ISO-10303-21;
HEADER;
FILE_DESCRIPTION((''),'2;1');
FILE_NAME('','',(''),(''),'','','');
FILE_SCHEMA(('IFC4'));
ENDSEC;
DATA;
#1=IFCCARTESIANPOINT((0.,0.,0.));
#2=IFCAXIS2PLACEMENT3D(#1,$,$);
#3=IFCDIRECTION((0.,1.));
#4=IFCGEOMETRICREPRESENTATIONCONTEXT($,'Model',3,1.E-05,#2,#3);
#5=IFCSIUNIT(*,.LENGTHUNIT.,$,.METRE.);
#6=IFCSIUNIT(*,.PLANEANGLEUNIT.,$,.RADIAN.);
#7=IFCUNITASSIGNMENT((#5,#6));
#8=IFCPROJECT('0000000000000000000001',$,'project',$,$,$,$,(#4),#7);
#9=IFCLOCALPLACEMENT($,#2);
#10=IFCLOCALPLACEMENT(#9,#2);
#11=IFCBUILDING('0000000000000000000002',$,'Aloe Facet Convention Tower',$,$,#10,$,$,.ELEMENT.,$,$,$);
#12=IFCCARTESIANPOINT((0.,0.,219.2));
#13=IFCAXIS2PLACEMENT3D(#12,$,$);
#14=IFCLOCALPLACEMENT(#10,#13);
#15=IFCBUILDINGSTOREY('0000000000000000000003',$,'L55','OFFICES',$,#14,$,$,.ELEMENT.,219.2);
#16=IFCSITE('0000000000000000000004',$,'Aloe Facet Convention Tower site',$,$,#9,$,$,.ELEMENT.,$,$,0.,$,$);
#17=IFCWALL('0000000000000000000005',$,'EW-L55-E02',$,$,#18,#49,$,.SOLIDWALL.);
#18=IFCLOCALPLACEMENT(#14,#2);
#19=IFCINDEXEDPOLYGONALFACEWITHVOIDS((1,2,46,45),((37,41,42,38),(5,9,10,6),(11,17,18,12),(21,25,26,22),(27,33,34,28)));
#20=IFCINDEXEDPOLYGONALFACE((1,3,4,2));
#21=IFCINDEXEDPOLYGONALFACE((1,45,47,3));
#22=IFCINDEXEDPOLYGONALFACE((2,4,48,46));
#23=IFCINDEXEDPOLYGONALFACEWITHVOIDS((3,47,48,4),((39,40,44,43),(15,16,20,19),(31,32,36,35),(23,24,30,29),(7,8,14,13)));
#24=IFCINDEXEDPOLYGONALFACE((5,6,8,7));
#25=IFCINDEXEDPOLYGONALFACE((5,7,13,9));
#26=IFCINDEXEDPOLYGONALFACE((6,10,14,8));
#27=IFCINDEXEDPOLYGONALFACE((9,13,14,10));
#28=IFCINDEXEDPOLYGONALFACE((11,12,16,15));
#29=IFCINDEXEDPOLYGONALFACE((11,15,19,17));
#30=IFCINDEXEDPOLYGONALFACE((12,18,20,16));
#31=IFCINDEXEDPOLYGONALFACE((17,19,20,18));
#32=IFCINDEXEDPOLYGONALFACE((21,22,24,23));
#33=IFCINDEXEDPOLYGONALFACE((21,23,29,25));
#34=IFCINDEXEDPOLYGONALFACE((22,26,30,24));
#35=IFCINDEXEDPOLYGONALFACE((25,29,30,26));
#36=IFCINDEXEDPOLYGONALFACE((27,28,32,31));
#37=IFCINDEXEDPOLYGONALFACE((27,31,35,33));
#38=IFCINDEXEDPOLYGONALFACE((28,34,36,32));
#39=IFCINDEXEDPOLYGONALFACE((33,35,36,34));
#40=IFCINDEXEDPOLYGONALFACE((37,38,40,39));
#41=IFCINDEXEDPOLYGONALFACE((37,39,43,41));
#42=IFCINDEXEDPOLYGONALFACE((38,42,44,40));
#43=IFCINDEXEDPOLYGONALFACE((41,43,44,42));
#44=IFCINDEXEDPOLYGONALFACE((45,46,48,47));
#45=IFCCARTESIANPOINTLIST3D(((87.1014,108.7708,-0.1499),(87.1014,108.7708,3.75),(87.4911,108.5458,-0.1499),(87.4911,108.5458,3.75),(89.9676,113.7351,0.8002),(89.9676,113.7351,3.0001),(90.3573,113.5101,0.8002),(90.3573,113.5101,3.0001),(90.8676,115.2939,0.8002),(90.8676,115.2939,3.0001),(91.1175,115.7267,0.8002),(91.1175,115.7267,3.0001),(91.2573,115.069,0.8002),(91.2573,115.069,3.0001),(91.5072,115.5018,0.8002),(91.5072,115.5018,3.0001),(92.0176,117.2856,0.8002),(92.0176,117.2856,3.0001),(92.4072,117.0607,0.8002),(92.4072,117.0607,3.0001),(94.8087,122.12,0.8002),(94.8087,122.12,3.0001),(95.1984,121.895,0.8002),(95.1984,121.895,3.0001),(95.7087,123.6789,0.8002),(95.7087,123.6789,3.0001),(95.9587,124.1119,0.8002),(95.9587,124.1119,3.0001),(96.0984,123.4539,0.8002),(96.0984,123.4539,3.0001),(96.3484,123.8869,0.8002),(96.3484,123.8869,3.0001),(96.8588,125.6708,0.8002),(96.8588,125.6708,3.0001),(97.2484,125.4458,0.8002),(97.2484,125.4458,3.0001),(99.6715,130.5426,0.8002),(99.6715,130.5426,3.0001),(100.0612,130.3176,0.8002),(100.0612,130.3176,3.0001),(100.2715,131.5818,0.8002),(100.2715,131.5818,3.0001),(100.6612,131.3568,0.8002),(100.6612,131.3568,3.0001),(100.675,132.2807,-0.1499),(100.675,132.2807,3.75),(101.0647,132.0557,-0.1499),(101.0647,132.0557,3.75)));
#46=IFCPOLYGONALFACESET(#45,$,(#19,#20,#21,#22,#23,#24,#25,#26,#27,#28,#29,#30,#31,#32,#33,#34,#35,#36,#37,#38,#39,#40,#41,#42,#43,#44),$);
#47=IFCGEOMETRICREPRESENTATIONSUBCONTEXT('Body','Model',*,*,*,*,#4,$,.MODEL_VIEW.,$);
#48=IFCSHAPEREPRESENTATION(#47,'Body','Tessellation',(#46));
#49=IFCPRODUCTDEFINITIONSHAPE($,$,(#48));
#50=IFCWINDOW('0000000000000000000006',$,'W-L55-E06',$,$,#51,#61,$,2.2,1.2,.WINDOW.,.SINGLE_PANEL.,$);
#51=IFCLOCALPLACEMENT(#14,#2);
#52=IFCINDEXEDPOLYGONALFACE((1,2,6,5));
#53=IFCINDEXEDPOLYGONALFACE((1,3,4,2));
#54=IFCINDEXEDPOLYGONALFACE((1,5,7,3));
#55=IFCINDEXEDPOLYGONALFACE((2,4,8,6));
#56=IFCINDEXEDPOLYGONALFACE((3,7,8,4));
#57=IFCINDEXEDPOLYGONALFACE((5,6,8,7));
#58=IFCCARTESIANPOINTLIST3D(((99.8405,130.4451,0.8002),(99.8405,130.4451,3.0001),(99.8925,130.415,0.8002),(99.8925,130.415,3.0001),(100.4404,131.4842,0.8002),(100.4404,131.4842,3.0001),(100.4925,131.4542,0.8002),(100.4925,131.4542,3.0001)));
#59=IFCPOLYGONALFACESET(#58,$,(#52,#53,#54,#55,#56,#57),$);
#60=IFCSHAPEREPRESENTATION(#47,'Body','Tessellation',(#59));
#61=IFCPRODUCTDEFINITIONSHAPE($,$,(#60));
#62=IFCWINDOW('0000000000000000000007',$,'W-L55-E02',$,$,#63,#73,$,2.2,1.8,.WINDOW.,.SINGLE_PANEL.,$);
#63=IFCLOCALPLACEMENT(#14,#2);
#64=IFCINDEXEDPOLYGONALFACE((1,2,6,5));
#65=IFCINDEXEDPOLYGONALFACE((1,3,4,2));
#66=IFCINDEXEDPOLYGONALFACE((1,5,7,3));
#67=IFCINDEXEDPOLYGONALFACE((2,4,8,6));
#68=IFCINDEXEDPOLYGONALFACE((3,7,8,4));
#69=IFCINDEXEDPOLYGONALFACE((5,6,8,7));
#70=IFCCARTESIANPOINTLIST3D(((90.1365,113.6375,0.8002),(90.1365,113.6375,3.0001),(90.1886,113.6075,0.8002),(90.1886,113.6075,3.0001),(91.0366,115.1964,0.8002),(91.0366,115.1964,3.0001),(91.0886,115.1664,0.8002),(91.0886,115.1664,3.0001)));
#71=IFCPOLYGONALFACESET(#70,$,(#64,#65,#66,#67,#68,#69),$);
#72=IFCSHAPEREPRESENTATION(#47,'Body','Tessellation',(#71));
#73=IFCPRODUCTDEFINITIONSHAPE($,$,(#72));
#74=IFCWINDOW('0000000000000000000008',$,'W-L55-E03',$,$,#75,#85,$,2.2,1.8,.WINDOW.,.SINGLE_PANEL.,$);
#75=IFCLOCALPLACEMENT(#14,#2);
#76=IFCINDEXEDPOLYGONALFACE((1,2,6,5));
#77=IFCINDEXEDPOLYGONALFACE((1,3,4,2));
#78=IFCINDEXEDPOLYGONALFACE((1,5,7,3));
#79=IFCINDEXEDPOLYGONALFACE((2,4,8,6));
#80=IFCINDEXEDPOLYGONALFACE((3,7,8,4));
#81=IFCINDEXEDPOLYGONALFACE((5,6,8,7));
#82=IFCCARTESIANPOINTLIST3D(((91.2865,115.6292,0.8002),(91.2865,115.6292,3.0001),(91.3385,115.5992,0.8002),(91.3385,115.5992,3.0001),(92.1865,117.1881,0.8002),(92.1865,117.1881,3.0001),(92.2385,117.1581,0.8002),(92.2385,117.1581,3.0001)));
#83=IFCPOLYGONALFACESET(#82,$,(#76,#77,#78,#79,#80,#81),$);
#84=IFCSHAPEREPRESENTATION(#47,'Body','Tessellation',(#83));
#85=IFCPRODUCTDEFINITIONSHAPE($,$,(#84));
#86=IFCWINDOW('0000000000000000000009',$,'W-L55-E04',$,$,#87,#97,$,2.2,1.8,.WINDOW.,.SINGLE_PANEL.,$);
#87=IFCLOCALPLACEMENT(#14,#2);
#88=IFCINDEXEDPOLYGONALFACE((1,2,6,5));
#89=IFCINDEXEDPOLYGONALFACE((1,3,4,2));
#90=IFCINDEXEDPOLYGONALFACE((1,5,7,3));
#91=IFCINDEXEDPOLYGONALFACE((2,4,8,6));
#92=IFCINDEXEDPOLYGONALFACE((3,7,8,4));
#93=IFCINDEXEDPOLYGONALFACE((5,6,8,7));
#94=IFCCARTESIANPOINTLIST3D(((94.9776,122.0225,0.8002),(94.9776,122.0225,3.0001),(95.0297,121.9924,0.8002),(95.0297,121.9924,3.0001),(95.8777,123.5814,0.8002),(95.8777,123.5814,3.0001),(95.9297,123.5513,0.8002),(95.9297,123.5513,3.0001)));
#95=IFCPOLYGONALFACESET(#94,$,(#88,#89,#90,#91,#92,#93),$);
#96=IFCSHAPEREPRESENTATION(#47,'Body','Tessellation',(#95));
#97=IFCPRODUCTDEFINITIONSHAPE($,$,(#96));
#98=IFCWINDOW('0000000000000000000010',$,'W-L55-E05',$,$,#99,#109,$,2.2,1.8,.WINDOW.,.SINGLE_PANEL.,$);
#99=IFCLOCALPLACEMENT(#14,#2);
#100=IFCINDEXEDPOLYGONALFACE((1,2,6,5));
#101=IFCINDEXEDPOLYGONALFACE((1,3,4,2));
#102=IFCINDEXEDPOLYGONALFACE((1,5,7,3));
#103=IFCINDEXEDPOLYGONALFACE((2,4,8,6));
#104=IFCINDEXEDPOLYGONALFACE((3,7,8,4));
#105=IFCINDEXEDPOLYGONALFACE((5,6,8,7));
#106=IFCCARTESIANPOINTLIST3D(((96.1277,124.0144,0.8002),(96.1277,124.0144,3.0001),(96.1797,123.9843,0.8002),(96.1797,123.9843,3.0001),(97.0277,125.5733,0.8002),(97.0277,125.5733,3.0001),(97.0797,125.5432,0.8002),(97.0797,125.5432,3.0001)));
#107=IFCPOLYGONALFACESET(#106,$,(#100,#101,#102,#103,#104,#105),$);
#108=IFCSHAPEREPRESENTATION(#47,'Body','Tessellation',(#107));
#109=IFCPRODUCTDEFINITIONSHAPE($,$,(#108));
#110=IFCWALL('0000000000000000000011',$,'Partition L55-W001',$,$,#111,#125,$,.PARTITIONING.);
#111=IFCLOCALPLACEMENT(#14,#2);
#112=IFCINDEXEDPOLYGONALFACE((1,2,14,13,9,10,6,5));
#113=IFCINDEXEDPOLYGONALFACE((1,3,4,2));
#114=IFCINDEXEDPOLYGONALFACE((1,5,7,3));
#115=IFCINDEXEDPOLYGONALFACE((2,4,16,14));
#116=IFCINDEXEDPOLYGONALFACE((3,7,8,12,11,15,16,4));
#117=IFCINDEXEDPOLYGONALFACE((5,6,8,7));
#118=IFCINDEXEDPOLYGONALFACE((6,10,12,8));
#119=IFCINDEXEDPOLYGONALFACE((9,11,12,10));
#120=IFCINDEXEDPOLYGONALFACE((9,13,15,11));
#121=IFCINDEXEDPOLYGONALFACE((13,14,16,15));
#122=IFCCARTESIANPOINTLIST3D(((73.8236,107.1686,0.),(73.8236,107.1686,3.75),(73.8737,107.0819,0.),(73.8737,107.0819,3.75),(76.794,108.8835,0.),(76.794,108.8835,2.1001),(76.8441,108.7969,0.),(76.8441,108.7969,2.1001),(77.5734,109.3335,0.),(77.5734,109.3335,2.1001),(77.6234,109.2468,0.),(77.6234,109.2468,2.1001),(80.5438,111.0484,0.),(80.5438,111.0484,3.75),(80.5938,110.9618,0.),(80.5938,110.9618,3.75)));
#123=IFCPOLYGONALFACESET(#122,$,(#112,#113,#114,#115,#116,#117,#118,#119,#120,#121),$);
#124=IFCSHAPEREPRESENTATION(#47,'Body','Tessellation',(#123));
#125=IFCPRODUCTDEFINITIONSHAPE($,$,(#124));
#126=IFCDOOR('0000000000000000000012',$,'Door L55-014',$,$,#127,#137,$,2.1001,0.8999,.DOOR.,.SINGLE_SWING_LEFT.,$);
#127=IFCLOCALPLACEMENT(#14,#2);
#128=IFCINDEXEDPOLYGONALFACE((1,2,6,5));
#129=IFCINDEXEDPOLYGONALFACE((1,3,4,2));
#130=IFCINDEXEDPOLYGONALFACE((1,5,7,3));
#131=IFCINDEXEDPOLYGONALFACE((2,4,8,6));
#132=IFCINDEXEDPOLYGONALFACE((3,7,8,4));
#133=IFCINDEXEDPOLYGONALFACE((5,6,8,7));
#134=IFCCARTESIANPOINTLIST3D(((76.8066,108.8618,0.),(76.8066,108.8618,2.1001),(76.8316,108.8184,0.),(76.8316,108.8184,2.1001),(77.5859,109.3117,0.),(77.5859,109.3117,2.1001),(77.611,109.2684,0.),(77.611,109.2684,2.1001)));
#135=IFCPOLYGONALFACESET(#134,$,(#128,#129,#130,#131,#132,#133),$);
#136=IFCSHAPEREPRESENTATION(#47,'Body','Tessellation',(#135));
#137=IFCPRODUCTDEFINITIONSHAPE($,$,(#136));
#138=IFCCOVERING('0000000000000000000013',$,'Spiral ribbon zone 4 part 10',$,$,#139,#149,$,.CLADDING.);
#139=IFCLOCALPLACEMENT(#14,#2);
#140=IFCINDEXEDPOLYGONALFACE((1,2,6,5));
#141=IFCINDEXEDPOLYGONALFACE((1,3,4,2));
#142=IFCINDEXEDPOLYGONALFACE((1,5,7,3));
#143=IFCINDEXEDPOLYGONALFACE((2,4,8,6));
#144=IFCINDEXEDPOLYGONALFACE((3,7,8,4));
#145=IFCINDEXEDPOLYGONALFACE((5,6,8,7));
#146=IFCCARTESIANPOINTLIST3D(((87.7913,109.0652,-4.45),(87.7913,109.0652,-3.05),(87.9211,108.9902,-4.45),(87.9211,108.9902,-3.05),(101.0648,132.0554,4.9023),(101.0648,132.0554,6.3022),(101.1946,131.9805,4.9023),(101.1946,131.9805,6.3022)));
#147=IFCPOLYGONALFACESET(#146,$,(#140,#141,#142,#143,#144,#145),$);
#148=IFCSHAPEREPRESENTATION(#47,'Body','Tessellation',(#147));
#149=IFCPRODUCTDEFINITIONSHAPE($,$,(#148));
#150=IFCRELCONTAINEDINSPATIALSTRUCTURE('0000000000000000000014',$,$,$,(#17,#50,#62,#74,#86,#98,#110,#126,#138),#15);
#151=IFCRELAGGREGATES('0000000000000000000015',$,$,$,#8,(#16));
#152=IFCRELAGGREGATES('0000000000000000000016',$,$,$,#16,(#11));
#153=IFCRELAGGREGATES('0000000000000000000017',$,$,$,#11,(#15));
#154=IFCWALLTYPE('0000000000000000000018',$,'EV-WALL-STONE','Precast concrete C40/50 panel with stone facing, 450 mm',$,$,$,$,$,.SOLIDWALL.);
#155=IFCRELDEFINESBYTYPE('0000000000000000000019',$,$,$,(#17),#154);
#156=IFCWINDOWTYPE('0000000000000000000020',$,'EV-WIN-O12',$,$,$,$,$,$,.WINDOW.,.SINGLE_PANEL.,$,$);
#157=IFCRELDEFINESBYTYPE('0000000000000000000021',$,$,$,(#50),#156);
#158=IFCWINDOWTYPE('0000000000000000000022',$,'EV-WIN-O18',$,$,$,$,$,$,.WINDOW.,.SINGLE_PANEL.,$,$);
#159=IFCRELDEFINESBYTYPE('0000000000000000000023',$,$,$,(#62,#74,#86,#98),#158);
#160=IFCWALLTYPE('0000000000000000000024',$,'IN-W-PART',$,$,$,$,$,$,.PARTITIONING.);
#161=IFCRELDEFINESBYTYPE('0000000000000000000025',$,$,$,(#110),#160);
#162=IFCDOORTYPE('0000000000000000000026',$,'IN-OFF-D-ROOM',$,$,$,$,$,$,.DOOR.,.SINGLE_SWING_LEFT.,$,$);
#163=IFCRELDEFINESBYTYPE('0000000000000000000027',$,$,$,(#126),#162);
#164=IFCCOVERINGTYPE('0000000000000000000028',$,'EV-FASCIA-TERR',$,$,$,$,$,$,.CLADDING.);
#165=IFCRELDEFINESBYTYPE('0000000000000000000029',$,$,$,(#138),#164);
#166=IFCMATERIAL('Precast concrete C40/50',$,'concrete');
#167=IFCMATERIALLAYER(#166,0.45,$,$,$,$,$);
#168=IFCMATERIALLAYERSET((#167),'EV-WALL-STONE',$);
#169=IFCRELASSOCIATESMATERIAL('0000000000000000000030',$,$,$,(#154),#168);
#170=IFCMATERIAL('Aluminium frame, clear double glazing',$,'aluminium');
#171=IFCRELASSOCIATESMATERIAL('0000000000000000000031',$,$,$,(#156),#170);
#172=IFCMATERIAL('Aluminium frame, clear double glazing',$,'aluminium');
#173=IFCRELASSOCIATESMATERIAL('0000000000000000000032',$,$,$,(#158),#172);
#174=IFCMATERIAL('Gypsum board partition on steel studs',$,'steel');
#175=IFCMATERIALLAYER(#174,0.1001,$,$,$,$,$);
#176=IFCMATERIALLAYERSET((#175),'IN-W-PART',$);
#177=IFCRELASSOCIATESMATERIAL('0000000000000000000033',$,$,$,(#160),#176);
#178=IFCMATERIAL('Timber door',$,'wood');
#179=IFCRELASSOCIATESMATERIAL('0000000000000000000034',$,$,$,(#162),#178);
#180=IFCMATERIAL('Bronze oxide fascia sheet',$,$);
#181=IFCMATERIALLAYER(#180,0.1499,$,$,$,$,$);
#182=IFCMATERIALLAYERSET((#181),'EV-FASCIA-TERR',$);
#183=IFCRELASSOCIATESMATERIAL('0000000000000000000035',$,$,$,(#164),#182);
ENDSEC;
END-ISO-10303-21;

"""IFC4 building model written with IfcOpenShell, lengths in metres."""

from ifc_helpers import new_model, si_unit, direction, frame, frame_2d, origin, place, context, subcontext, project, spatial, polyline, rectangle, outline, extrude, material, layer, layer_set, type_object, element, fill, save


model = new_model("IFC4")

# Units and contexts
model_context = context("Model", 3, precision=1e-05, world=origin(), true_north=direction((0.0, 1.0)))
body_context = subcontext(model_context, "Body", "Model", "MODEL_VIEW")
ifc_project = project(units=[si_unit("LENGTHUNIT", "METRE"), si_unit("PLANEANGLEUNIT", "RADIAN")], contexts=[model_context])

# Site, building, storey
site_placement = place(None, origin())
site = spatial("IfcSite", under=ifc_project, at=site_placement, Name="Aloe Facet Convention Tower site", CompositionType="ELEMENT", RefElevation=0.0)
building_placement = place(site_placement, origin())
building = spatial("IfcBuilding", under=site, at=building_placement, Name="Aloe Facet Convention Tower", CompositionType="ELEMENT")
storey_placement = place(building_placement, frame((0.0, 0.0, 219.2)))
storey = spatial("IfcBuildingStorey", under=building, at=storey_placement, Name="L55", Description="OFFICES", CompositionType="ELEMENT", Elevation=219.2)

# Wall, openings, windows
ifc_material_1 = material(Name="Precast concrete C40/50", Category="concrete")
ifc_layer_1 = layer(ifc_material_1, 0.45)
ifc_layer_set_1 = layer_set([ifc_layer_1], Name="EV-WALL-STONE")
wall_type_1 = type_object("IfcWallType", Name="EV-WALL-STONE", Description="Precast concrete C40/50 panel with stone facing, 450 mm", PredefinedType="SOLIDWALL", material=ifc_layer_set_1)
wall_1_placement = place(storey_placement, frame((87.2964, 108.6582, -0.1499), z_axis=(0.0, 0.0, 1.0), x_axis=(0.500003, 0.866024, 0.0)))
wall_1 = element("IfcWall", 1, at=wall_1_placement, inside=storey, type_object=wall_type_1, Name="EW-L55-E02", PredefinedType="SOLIDWALL", context=body_context, shape_type="SweptSolid", body=[
    extrude(outline(polyline([(27.147, 3.8999), (27.147, 0.0), (0.0, 0.0), (0.0, 3.8999), (27.147, 3.8999)])), frame((0.0, 0.2251, 0.0), z_axis=(0.0, -1.0, 0.0), x_axis=(1.0, 0.0, 0.0)), (0.0, 0.0, 1.0), 0.45),
])
opening_1_placement = place(wall_1_placement, frame((5.7324, 0.0, 0.95)))
opening_1 = element("IfcOpeningElement", 2, at=opening_1_placement, cuts=wall_1, PredefinedType="OPENING", context=body_context, shape_type="SweptSolid", body=[
    extrude(rectangle(XDim=1.8, YDim=2.2, at=frame_2d((0.8999, 1.1001))), frame((0.0, 0.2349, 0.0), z_axis=(0.0, -1.0, 0.0), x_axis=(1.0, 0.0, 0.0)), (0.0, 0.0, 1.0), 0.47),
])
opening_2_placement = place(wall_1_placement, frame((8.0322, 0.0, 0.95)))
opening_2 = element("IfcOpeningElement", 3, at=opening_2_placement, cuts=wall_1, PredefinedType="OPENING", context=body_context, shape_type="SweptSolid", body=[
    extrude(rectangle(XDim=1.8, YDim=2.2, at=frame_2d((0.8999, 1.1001))), frame((0.0, 0.2349, 0.0), z_axis=(0.0, -1.0, 0.0), x_axis=(1.0, 0.0, 0.0)), (0.0, 0.0, 1.0), 0.47),
])
opening_3_placement = place(wall_1_placement, frame((15.4146, 0.0, 0.95)))
opening_3 = element("IfcOpeningElement", 4, at=opening_3_placement, cuts=wall_1, PredefinedType="OPENING", context=body_context, shape_type="SweptSolid", body=[
    extrude(rectangle(XDim=1.8, YDim=2.2, at=frame_2d((0.8999, 1.1001))), frame((0.0, 0.2349, 0.0), z_axis=(0.0, -1.0, 0.0), x_axis=(1.0, 0.0, 0.0)), (0.0, 0.0, 1.0), 0.47),
])
opening_4_placement = place(wall_1_placement, frame((17.7146, 0.0, 0.95)))
opening_4 = element("IfcOpeningElement", 5, at=opening_4_placement, cuts=wall_1, PredefinedType="OPENING", context=body_context, shape_type="SweptSolid", body=[
    extrude(rectangle(XDim=1.8, YDim=2.2, at=frame_2d((0.8999, 1.1001))), frame((0.0, 0.2349, 0.0), z_axis=(0.0, -1.0, 0.0), x_axis=(1.0, 0.0, 0.0)), (0.0, 0.0, 1.0), 0.47),
])
opening_5_placement = place(wall_1_placement, frame((25.1399, 0.0, 0.95)))
opening_5 = element("IfcOpeningElement", 6, at=opening_5_placement, cuts=wall_1, PredefinedType="OPENING", context=body_context, shape_type="SweptSolid", body=[
    extrude(rectangle(XDim=1.2, YDim=2.2, at=frame_2d((0.6001, 1.1001))), frame((0.0, 0.2349, 0.0), z_axis=(0.0, -1.0, 0.0), x_axis=(1.0, 0.0, 0.0)), (0.0, 0.0, 1.0), 0.47),
])
ifc_material_2 = material(Name="Aluminium frame, clear double glazing", Category="aluminium")
window_type_1 = type_object("IfcWindowType", Name="EV-WIN-O12", PartitioningType="SINGLE_PANEL", PredefinedType="WINDOW", material=ifc_material_2)
window_1_placement = place(opening_5_placement, origin())
window_1 = element("IfcWindow", 7, at=window_1_placement, inside=storey, type_object=window_type_1, Name="W-L55-E06", OverallHeight=2.2, OverallWidth=1.2, PartitioningType="SINGLE_PANEL", PredefinedType="WINDOW", context=body_context, shape_type="SweptSolid", body=[
    extrude(rectangle(XDim=1.2, YDim=2.2, at=frame_2d((0.6001, 1.1001))), frame((0.0, 0.03, 0.0), z_axis=(0.0, -1.0, 0.0), x_axis=(1.0, 0.0, 0.0)), (0.0, 0.0, 1.0), 0.0601),
])
fill(opening_5, window_1)
ifc_material_3 = material(Name="Aluminium frame, clear double glazing", Category="aluminium")
window_type_2 = type_object("IfcWindowType", Name="EV-WIN-O18", PartitioningType="SINGLE_PANEL", PredefinedType="WINDOW", material=ifc_material_3)
window_2_placement = place(opening_1_placement, origin())
window_2 = element("IfcWindow", 8, at=window_2_placement, inside=storey, type_object=window_type_2, Name="W-L55-E02", OverallHeight=2.2, OverallWidth=1.8, PartitioningType="SINGLE_PANEL", PredefinedType="WINDOW", context=body_context, shape_type="SweptSolid", body=[
    extrude(rectangle(XDim=1.8, YDim=2.2, at=frame_2d((0.8999, 1.1001))), frame((0.0, 0.03, 0.0), z_axis=(0.0, -1.0, 0.0), x_axis=(1.0, 0.0, 0.0)), (0.0, 0.0, 1.0), 0.0601),
])
fill(opening_1, window_2)
window_3_placement = place(opening_2_placement, origin())
window_3 = element("IfcWindow", 9, at=window_3_placement, inside=storey, type_object=window_type_2, Name="W-L55-E03", OverallHeight=2.2, OverallWidth=1.8, PartitioningType="SINGLE_PANEL", PredefinedType="WINDOW", context=body_context, shape_type="SweptSolid", body=[
    extrude(rectangle(XDim=1.8, YDim=2.2, at=frame_2d((0.8999, 1.1001))), frame((0.0, 0.03, 0.0), z_axis=(0.0, -1.0, 0.0), x_axis=(1.0, 0.0, 0.0)), (0.0, 0.0, 1.0), 0.0601),
])
fill(opening_2, window_3)
window_4_placement = place(opening_3_placement, origin())
window_4 = element("IfcWindow", 10, at=window_4_placement, inside=storey, type_object=window_type_2, Name="W-L55-E04", OverallHeight=2.2, OverallWidth=1.8, PartitioningType="SINGLE_PANEL", PredefinedType="WINDOW", context=body_context, shape_type="SweptSolid", body=[
    extrude(rectangle(XDim=1.8, YDim=2.2, at=frame_2d((0.8999, 1.1001))), frame((0.0, 0.03, 0.0), z_axis=(0.0, -1.0, 0.0), x_axis=(1.0, 0.0, 0.0)), (0.0, 0.0, 1.0), 0.0601),
])
fill(opening_3, window_4)
window_5_placement = place(opening_4_placement, origin())
window_5 = element("IfcWindow", 11, at=window_5_placement, inside=storey, type_object=window_type_2, Name="W-L55-E05", OverallHeight=2.2, OverallWidth=1.8, PartitioningType="SINGLE_PANEL", PredefinedType="WINDOW", context=body_context, shape_type="SweptSolid", body=[
    extrude(rectangle(XDim=1.8, YDim=2.2, at=frame_2d((0.8999, 1.1001))), frame((0.0, 0.03, 0.0), z_axis=(0.0, -1.0, 0.0), x_axis=(1.0, 0.0, 0.0)), (0.0, 0.0, 1.0), 0.0601),
])
fill(opening_4, window_5)

# Wall, opening, door
ifc_material_4 = material(Name="Gypsum board partition on steel studs", Category="steel")
ifc_layer_2 = layer(ifc_material_4, 0.1001)
ifc_layer_set_2 = layer_set([ifc_layer_2], Name="IN-W-PART")
wall_type_2 = type_object("IfcWallType", Name="IN-W-PART", PredefinedType="PARTITIONING", material=ifc_layer_set_2)
wall_2_placement = place(storey_placement, frame((73.8486, 107.1252, 0.0), z_axis=(0.0, 0.0, 1.0), x_axis=(0.866027, 0.499997, 0.0)))
wall_2 = element("IfcWall", 12, at=wall_2_placement, inside=storey, type_object=wall_type_2, Name="Partition L55-W001", PredefinedType="PARTITIONING", context=body_context, shape_type="SweptSolid", body=[
    extrude(rectangle(XDim=7.7598, YDim=0.1001, at=frame_2d((3.8799, 0.0))), origin(), (0.0, 0.0, 1.0), 3.75),
])
opening_6_placement = place(wall_2_placement, frame((3.4299, 0.0, 0.0)))
opening_6 = element("IfcOpeningElement", 13, at=opening_6_placement, cuts=wall_2, PredefinedType="OPENING", context=body_context, shape_type="SweptSolid", body=[
    extrude(rectangle(XDim=0.8999, YDim=2.1001, at=frame_2d((0.45, 1.05))), frame((0.0, 0.0601, 0.0), z_axis=(0.0, -1.0, 0.0), x_axis=(1.0, 0.0, 0.0)), (0.0, 0.0, 1.0), 0.1201),
])
ifc_material_5 = material(Name="Timber door", Category="wood")
door_type = type_object("IfcDoorType", Name="IN-OFF-D-ROOM", OperationType="SINGLE_SWING_LEFT", PredefinedType="DOOR", material=ifc_material_5)
door_placement = place(opening_6_placement, origin())
door = element("IfcDoor", 14, at=door_placement, inside=storey, type_object=door_type, Name="Door L55-014", OperationType="SINGLE_SWING_LEFT", OverallHeight=2.1001, OverallWidth=0.8999, PredefinedType="DOOR", context=body_context, shape_type="SweptSolid", body=[
    extrude(rectangle(XDim=0.8999, YDim=2.1001, at=frame_2d((0.45, 1.05))), frame((0.0, 0.0249, 0.0), z_axis=(0.0, -1.0, 0.0), x_axis=(1.0, 0.0, 0.0)), (0.0, 0.0, 1.0), 0.05),
])
fill(opening_6, door)

# Covering
ifc_material_6 = material(Name="Bronze oxide fascia sheet")
ifc_layer_3 = layer(ifc_material_6, 0.1499)
ifc_layer_set_3 = layer_set([ifc_layer_3], Name="EV-FASCIA-TERR")
covering_type = type_object("IfcCoveringType", Name="EV-FASCIA-TERR", PredefinedType="CLADDING", material=ifc_layer_set_3)
covering_placement = place(storey_placement, frame((87.9211, 108.9902, -4.45), z_axis=(0.866025, -0.500001, 0.0), x_axis=(0.471591, 0.816819, 0.332277)))
element("IfcCovering", 15, at=covering_placement, inside=storey, type_object=covering_type, Name="Spiral ribbon zone 4 part 10", PredefinedType="CLADDING", context=body_context, shape_type="SweptSolid", body=[
    extrude(outline(polyline([(0.0, 0.0), (28.1461, 0.0), (28.6112, 1.3204), (0.4652, 1.3204), (0.0, 0.0)])), origin(), (0.0, 0.0, -1.0), 0.1499),
])

save(model, "model.ifc")
